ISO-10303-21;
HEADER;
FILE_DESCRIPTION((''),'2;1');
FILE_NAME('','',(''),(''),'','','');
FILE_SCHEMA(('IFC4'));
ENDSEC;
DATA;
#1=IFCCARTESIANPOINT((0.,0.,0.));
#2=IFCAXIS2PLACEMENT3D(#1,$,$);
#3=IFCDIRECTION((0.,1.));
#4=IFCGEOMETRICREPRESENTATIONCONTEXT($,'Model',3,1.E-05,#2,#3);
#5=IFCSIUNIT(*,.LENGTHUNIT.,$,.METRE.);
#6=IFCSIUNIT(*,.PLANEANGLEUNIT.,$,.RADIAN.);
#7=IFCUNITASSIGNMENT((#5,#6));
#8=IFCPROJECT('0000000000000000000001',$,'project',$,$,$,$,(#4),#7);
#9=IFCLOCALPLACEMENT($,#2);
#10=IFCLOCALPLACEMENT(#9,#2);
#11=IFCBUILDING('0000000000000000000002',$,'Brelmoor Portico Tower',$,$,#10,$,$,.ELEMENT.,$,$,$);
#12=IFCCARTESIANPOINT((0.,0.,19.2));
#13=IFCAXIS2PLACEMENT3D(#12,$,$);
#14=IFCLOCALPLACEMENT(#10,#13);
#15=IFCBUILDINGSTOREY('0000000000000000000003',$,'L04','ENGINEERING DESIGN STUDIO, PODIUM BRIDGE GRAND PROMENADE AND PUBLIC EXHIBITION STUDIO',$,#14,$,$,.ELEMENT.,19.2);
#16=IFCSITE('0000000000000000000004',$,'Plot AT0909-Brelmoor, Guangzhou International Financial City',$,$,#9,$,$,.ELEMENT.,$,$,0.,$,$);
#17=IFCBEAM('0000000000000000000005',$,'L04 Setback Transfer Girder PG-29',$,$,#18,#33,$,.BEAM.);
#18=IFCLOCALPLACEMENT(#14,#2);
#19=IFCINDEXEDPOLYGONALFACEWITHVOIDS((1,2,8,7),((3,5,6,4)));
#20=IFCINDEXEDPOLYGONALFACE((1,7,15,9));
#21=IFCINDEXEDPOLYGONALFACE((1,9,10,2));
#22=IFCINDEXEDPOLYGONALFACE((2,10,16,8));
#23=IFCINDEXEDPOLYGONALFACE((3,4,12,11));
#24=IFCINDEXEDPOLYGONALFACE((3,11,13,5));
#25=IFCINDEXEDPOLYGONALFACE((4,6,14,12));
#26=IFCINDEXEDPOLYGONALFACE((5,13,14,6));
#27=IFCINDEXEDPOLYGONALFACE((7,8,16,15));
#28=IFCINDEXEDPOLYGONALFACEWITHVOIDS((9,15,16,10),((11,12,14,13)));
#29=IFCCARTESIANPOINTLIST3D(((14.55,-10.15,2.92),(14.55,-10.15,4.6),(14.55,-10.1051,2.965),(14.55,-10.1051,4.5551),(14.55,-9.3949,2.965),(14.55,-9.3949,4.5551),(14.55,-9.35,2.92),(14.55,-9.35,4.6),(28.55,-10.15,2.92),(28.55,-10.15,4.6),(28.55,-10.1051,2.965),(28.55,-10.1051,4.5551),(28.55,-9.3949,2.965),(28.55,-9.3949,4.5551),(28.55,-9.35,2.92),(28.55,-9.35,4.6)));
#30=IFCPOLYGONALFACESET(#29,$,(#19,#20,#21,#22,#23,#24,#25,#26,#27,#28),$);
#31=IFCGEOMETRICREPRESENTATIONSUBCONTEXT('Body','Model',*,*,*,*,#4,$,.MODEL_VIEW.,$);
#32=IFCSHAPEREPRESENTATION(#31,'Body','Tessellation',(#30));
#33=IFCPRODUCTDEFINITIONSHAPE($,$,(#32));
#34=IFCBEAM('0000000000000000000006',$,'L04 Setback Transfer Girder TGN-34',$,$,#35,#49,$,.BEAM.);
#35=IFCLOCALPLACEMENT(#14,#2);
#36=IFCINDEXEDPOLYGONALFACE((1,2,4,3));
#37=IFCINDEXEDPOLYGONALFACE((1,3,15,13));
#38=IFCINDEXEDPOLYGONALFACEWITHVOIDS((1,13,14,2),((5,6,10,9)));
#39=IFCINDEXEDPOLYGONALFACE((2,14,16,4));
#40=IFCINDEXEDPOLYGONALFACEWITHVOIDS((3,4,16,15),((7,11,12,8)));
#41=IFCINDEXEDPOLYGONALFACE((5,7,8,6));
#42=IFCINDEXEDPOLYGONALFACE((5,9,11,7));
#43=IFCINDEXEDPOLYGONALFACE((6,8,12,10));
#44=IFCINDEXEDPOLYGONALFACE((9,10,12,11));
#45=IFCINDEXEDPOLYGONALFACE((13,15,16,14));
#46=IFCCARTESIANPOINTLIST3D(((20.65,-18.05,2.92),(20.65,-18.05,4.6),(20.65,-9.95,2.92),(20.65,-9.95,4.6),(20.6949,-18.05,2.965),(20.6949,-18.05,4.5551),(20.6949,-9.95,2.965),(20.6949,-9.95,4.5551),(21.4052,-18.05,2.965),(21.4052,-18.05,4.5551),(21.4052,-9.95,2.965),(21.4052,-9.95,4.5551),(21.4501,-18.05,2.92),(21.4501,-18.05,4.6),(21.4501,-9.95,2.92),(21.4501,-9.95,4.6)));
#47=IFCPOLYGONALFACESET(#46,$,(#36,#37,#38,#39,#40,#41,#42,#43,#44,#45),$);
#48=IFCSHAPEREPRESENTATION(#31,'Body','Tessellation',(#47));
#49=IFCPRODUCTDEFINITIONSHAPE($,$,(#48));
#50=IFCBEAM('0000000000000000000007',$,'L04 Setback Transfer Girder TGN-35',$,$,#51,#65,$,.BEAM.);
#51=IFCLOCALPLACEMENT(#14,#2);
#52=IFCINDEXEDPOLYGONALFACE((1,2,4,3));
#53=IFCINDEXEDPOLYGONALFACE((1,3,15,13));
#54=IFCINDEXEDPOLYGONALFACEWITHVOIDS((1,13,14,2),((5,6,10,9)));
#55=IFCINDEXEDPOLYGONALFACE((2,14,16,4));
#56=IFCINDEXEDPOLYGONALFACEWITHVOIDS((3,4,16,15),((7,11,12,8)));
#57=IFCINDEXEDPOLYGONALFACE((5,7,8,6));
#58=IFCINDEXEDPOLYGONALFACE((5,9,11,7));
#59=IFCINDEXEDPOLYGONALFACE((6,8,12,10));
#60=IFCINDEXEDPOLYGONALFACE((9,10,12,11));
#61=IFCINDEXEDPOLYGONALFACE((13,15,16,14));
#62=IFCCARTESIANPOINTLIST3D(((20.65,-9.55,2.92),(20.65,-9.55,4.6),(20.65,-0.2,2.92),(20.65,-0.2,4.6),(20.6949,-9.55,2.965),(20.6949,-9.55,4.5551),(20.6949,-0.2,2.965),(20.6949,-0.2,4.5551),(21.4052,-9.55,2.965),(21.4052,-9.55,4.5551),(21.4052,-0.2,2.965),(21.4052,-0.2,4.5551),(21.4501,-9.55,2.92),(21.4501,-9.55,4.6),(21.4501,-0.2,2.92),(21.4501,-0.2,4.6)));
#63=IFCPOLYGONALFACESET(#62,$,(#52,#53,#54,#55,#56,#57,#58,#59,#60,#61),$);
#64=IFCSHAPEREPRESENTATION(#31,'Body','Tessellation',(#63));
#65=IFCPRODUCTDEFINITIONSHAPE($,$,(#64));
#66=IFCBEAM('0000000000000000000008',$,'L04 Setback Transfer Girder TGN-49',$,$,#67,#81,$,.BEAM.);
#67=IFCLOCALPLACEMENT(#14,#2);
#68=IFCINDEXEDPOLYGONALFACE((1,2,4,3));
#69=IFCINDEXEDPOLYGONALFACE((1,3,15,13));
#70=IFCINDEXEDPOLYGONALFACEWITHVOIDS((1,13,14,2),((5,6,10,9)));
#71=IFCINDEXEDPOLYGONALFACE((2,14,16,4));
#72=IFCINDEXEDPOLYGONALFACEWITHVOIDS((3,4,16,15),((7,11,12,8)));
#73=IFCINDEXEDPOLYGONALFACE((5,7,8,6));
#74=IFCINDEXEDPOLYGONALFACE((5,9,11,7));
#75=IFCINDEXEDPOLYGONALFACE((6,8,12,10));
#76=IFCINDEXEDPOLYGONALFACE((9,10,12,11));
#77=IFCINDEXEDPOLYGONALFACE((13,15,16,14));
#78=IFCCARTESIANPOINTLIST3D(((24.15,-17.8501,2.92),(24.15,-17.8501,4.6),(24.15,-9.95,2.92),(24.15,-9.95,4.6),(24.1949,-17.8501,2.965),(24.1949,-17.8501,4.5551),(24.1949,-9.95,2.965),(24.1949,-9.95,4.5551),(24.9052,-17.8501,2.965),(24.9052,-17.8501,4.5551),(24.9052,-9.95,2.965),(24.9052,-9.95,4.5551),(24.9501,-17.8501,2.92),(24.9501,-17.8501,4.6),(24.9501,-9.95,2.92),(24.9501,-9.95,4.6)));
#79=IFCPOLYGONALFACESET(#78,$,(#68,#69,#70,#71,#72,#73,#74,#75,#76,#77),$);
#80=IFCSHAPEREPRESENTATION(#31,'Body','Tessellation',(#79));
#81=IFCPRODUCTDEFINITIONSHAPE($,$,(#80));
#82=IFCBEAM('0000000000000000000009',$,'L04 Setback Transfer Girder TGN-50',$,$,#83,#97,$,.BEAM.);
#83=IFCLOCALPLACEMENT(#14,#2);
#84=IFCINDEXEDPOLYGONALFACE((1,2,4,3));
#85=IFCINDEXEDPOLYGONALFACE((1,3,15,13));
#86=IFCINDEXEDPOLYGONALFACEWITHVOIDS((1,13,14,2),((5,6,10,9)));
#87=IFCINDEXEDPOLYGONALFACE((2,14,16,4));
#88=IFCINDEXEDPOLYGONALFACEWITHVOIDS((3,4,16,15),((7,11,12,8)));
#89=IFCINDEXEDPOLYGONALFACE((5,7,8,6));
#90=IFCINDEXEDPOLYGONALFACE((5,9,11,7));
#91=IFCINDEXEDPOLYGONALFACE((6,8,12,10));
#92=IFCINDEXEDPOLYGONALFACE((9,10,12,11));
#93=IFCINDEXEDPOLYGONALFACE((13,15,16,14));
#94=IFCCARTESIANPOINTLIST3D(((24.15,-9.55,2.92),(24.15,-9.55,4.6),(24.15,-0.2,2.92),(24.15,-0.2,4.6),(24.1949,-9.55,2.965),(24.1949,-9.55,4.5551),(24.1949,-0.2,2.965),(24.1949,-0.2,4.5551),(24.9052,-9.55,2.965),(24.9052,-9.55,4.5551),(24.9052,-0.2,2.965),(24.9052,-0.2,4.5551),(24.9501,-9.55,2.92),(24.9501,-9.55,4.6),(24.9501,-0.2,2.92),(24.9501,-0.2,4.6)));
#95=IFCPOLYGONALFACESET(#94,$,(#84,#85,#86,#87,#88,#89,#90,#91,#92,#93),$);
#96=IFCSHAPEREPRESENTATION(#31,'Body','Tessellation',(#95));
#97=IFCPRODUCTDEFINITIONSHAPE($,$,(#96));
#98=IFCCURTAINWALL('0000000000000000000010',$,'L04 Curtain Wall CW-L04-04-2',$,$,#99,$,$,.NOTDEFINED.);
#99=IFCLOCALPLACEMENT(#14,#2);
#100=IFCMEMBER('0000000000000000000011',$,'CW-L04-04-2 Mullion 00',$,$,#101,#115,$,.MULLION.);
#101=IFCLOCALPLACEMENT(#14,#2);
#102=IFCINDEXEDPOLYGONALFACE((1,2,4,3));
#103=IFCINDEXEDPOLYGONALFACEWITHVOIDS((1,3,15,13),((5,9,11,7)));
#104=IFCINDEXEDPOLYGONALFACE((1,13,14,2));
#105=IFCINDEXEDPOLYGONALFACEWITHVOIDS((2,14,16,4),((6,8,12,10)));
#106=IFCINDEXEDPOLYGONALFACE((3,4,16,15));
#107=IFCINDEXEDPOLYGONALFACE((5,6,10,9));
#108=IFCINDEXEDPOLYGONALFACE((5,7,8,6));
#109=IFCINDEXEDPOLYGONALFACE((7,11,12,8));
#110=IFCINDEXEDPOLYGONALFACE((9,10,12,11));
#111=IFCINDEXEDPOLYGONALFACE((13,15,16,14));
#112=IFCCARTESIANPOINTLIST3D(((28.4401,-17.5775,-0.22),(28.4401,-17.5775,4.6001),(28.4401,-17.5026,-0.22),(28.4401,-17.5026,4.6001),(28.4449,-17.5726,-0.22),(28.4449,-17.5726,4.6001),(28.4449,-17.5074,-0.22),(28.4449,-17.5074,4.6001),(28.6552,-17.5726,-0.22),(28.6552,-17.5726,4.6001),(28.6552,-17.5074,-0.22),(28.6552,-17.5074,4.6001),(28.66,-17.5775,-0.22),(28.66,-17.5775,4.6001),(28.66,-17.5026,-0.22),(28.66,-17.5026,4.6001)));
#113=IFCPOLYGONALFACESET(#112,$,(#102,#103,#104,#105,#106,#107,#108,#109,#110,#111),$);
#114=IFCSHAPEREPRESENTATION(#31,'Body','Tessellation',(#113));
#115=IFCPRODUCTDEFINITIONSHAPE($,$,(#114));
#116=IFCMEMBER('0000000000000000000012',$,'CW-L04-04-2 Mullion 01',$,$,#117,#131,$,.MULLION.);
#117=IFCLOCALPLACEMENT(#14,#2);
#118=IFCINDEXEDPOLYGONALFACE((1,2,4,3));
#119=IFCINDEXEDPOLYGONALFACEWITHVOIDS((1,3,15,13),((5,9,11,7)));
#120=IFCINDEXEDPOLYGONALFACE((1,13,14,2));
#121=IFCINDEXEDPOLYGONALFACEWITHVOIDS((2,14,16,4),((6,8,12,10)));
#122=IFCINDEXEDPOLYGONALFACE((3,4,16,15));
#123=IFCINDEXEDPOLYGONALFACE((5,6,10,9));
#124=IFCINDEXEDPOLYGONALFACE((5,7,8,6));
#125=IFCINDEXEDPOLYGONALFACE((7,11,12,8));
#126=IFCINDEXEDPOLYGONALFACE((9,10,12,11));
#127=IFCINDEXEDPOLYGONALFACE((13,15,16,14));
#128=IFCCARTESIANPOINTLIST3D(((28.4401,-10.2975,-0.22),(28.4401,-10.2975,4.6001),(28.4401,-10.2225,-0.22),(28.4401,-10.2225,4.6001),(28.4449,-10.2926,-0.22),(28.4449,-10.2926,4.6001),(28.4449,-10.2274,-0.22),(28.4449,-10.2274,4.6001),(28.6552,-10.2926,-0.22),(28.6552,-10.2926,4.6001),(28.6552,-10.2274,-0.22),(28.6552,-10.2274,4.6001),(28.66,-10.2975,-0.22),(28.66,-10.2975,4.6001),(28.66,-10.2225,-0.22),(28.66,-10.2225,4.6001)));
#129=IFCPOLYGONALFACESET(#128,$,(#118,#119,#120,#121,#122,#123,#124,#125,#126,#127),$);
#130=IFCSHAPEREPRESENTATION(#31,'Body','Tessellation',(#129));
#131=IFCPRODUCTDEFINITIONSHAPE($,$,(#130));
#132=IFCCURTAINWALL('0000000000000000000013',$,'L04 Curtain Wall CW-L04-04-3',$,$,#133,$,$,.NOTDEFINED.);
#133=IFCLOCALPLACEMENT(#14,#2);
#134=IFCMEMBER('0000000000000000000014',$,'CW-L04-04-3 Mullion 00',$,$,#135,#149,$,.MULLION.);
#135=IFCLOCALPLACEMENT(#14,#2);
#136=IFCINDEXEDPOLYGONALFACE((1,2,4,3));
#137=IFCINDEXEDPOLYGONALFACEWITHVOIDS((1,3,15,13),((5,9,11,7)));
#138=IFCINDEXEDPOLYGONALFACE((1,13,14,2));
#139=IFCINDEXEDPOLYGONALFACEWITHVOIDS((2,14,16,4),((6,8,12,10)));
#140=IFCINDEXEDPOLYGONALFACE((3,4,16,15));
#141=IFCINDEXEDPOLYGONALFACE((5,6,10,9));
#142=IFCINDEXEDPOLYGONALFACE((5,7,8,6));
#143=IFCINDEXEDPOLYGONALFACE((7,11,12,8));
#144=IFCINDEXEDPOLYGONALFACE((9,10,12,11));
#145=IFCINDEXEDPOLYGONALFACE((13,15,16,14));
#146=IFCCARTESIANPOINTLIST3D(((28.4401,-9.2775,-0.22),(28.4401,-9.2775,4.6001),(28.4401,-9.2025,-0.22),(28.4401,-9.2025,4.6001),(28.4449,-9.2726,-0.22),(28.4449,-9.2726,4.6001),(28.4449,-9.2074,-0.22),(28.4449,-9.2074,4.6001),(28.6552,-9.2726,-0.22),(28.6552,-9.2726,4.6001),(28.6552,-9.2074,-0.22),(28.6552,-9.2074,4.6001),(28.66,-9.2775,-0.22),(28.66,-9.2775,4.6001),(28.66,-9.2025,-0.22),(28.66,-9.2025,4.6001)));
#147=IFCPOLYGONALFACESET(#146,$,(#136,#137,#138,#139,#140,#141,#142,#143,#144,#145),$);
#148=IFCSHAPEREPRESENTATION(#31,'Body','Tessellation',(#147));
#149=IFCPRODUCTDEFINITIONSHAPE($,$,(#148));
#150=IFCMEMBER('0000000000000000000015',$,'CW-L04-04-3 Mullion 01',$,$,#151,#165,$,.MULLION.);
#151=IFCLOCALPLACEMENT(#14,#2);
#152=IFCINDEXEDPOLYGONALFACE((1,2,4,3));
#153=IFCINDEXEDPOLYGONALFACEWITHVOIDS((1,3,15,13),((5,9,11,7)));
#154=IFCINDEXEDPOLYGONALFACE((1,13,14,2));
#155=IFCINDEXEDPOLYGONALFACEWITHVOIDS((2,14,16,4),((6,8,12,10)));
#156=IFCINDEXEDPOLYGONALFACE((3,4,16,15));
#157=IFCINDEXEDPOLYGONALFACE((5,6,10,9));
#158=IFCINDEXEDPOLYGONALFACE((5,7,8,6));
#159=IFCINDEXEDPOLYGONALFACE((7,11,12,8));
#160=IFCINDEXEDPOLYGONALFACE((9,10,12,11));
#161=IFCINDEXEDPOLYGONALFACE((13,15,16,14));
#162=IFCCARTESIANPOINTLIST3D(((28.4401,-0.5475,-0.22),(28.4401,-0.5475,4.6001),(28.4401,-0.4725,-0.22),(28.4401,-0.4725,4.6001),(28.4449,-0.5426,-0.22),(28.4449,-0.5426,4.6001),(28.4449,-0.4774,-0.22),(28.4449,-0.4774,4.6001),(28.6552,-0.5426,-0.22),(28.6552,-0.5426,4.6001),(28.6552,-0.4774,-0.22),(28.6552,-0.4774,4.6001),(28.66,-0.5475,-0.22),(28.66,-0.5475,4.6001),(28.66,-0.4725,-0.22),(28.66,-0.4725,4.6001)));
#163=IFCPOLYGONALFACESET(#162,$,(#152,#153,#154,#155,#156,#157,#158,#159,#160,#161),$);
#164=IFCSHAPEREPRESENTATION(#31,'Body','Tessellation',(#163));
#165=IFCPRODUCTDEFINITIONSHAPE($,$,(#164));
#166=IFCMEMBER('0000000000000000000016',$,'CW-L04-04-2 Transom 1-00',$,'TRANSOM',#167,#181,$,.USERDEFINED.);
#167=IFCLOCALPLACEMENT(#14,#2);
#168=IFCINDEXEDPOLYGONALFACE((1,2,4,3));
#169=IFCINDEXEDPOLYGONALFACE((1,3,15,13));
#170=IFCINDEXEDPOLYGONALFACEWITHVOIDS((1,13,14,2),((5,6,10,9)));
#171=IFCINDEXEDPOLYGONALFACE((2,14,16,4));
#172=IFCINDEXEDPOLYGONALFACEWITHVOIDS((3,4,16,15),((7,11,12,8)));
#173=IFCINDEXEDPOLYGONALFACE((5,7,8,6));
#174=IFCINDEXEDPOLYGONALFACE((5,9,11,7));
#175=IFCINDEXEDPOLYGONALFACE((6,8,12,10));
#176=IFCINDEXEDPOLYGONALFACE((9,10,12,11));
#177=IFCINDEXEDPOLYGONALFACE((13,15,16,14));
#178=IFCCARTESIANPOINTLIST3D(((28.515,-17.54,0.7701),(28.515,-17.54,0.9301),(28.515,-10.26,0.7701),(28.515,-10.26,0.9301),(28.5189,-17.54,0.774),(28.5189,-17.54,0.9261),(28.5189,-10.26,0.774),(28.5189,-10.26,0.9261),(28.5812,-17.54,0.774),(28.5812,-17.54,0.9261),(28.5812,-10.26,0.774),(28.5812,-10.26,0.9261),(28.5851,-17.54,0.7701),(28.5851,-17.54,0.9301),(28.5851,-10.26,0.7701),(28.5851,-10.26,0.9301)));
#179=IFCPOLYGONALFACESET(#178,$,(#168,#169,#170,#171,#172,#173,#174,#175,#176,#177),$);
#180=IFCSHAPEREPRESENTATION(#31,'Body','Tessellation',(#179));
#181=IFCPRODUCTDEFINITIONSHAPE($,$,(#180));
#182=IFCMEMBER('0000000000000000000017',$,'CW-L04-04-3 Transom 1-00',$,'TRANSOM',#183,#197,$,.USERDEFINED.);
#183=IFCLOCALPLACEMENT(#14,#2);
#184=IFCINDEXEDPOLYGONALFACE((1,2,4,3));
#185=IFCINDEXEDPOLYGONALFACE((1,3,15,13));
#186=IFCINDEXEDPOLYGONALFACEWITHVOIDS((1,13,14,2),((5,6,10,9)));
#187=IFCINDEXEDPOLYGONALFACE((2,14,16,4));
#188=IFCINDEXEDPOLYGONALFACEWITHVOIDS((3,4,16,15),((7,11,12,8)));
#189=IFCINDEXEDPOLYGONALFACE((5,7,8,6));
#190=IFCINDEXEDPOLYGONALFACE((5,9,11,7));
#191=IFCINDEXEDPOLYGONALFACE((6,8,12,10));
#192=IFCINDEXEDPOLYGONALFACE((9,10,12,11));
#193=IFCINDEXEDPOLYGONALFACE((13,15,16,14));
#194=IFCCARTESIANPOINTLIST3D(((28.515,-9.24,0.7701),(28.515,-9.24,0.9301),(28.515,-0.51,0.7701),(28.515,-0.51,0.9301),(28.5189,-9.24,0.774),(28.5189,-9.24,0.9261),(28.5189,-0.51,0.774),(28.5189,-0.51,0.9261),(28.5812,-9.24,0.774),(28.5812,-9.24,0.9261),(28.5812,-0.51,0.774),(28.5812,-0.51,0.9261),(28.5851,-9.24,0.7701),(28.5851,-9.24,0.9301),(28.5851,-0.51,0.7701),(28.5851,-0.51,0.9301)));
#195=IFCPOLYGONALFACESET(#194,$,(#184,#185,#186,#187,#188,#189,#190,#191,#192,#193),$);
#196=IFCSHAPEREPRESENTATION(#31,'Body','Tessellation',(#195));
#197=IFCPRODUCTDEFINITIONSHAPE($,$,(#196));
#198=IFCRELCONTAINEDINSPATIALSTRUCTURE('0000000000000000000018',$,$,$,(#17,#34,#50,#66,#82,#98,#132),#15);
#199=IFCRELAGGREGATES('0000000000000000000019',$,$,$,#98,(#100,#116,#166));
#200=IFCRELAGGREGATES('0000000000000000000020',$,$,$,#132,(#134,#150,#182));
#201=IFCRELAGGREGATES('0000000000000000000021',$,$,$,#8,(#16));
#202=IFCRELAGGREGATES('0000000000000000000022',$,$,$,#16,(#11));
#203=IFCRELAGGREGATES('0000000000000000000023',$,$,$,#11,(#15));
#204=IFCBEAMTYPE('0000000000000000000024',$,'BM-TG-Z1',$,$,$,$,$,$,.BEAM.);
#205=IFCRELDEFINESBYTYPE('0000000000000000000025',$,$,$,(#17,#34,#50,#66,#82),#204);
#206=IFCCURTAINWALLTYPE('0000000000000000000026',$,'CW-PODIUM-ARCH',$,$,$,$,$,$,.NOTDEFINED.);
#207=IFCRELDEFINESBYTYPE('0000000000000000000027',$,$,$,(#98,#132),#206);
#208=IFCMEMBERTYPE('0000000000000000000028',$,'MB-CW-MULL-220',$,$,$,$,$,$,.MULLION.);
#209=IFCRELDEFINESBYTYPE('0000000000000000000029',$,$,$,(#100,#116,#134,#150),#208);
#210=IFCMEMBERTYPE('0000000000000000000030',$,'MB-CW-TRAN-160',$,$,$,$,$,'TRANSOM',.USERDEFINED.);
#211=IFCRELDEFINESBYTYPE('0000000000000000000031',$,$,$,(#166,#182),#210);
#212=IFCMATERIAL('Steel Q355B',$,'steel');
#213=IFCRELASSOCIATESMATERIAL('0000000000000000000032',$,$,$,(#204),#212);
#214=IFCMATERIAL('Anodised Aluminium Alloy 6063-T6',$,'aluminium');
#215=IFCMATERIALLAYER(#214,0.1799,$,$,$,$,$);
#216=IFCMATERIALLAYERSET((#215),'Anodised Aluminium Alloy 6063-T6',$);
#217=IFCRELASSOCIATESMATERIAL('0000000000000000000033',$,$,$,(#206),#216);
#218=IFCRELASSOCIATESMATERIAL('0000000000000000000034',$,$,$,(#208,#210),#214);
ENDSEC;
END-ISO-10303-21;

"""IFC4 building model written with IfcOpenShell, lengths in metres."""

from ifc_helpers import new_model, si_unit, direction, frame, origin, origin_2d, place, context, subcontext, project, spatial, hollow_rectangle, extrude, material, layer, layer_set, material_profile, profile_set, type_object, element, aggregate, save


model = new_model("IFC4")

# Units and contexts
model_context = context("Model", 3, precision=1e-05, world=origin(), true_north=direction((0.0, 1.0)))
body_context = subcontext(model_context, "Body", "Model", "MODEL_VIEW")
ifc_project = project(units=[si_unit("LENGTHUNIT", "METRE"), si_unit("PLANEANGLEUNIT", "RADIAN")], contexts=[model_context])

# Site, building, storey
site_placement = place(None, origin())
site = spatial("IfcSite", under=ifc_project, at=site_placement, Name="Plot AT0909-Brelmoor, Guangzhou International Financial City", CompositionType="ELEMENT", RefElevation=0.0)
building_placement = place(site_placement, origin())
building = spatial("IfcBuilding", under=site, at=building_placement, Name="Brelmoor Portico Tower", CompositionType="ELEMENT")
storey_placement = place(building_placement, frame((0.0, 0.0, 19.2)))
storey = spatial("IfcBuildingStorey", under=building, at=storey_placement, Name="L04", Description="ENGINEERING DESIGN STUDIO, PODIUM BRIDGE GRAND PROMENADE AND PUBLIC EXHIBITION STUDIO", CompositionType="ELEMENT", Elevation=19.2)

# Shared definitions
ifc_material_1 = material(Name="Steel Q355B", Category="steel")

# Beams
ifc_material_profile_1 = material_profile(ifc_material_1, hollow_rectangle(XDim=0.8, YDim=1.6799, WallThickness=0.0449, at=origin_2d()), Name="BOX 800x1680x45")
ifc_profile_set_1 = profile_set([ifc_material_profile_1], Name="Steel Q355B")
beam_type = type_object("IfcBeamType", Name="BM-TG-Z1", PredefinedType="BEAM", material=ifc_profile_set_1)
beam_1_placement = place(storey_placement, frame((14.55, -9.75, 3.76), z_axis=(1.0, 0.0, 0.0), x_axis=(0.0, 1.0, 0.0)))
element("IfcBeam", 1, at=beam_1_placement, inside=storey, type_object=beam_type, Name="L04 Setback Transfer Girder PG-29", PredefinedType="BEAM", context=body_context, shape_type="SweptSolid", body=[
    extrude(hollow_rectangle(XDim=0.8, YDim=1.6799, WallThickness=0.0449, at=origin_2d()), origin(), (0.0, 0.0, 1.0), 14.0),
])
beam_2_placement = place(storey_placement, frame((21.05, -18.05, 3.76), z_axis=(0.0, 1.0, 0.0), x_axis=(-1.0, 0.0, 0.0)))
element("IfcBeam", 2, at=beam_2_placement, inside=storey, type_object=beam_type, Name="L04 Setback Transfer Girder TGN-34", PredefinedType="BEAM", context=body_context, shape_type="SweptSolid", body=[
    extrude(hollow_rectangle(XDim=0.8, YDim=1.6799, WallThickness=0.0449, at=origin_2d()), origin(), (0.0, 0.0, 1.0), 8.1001),
])
beam_3_placement = place(storey_placement, frame((21.05, -9.55, 3.76), z_axis=(0.0, 1.0, 0.0), x_axis=(-1.0, 0.0, 0.0)))
element("IfcBeam", 3, at=beam_3_placement, inside=storey, type_object=beam_type, Name="L04 Setback Transfer Girder TGN-35", PredefinedType="BEAM", context=body_context, shape_type="SweptSolid", body=[
    extrude(hollow_rectangle(XDim=0.8, YDim=1.6799, WallThickness=0.0449, at=origin_2d()), origin(), (0.0, 0.0, 1.0), 9.3501),
])
beam_4_placement = place(storey_placement, frame((24.55, -17.8501, 3.76), z_axis=(0.0, 1.0, 0.0), x_axis=(-1.0, 0.0, 0.0)))
element("IfcBeam", 4, at=beam_4_placement, inside=storey, type_object=beam_type, Name="L04 Setback Transfer Girder TGN-49", PredefinedType="BEAM", context=body_context, shape_type="SweptSolid", body=[
    extrude(hollow_rectangle(XDim=0.8, YDim=1.6799, WallThickness=0.0449, at=origin_2d()), origin(), (0.0, 0.0, 1.0), 7.9001),
])
beam_5_placement = place(storey_placement, frame((24.55, -9.55, 3.76), z_axis=(0.0, 1.0, 0.0), x_axis=(-1.0, 0.0, 0.0)))
element("IfcBeam", 5, at=beam_5_placement, inside=storey, type_object=beam_type, Name="L04 Setback Transfer Girder TGN-50", PredefinedType="BEAM", context=body_context, shape_type="SweptSolid", body=[
    extrude(hollow_rectangle(XDim=0.8, YDim=1.6799, WallThickness=0.0449, at=origin_2d()), origin(), (0.0, 0.0, 1.0), 9.3501),
])

# Curtain walls, members
ifc_material_2 = material(Name="Anodised Aluminium Alloy 6063-T6", Category="aluminium")
ifc_layer_1 = layer(ifc_material_2, 0.1799)
ifc_layer_set_1 = layer_set([ifc_layer_1], Name="Anodised Aluminium Alloy 6063-T6")
curtain_wall_type = type_object("IfcCurtainWallType", Name="CW-PODIUM-ARCH", PredefinedType="NOTDEFINED", material=ifc_layer_set_1)
curtain_wall_1_placement = place(storey_placement, origin())
curtain_wall_1 = element("IfcCurtainWall", 6, at=curtain_wall_1_placement, inside=storey, type_object=curtain_wall_type, Name="L04 Curtain Wall CW-L04-04-2", PredefinedType="NOTDEFINED")
ifc_material_profile_2 = material_profile(ifc_material_2, hollow_rectangle(XDim=0.075, YDim=0.22, WallThickness=0.0049, at=origin_2d()), Name="ALU MULLION 75x220")
ifc_profile_set_2 = profile_set([ifc_material_profile_2], Name="Anodised Aluminium Alloy 6063-T6")
member_type_1 = type_object("IfcMemberType", Name="MB-CW-MULL-220", PredefinedType="MULLION", material=ifc_profile_set_2)
member_1_placement = place(storey_placement, frame((28.55, -17.54, -0.22), z_axis=(0.0, 0.0, 1.0), x_axis=(0.0, 1.0, 0.0)))
member_1 = element("IfcMember", 7, at=member_1_placement, type_object=member_type_1, Name="CW-L04-04-2 Mullion 00", PredefinedType="MULLION", context=body_context, shape_type="SweptSolid", body=[
    extrude(hollow_rectangle(XDim=0.075, YDim=0.22, WallThickness=0.0049, at=origin_2d()), origin(), (0.0, 0.0, 1.0), 4.8201),
])
member_2_placement = place(storey_placement, frame((28.55, -10.26, -0.22), z_axis=(0.0, 0.0, 1.0), x_axis=(0.0, 1.0, 0.0)))
member_2 = element("IfcMember", 8, at=member_2_placement, type_object=member_type_1, Name="CW-L04-04-2 Mullion 01", PredefinedType="MULLION", context=body_context, shape_type="SweptSolid", body=[
    extrude(hollow_rectangle(XDim=0.075, YDim=0.22, WallThickness=0.0049, at=origin_2d()), origin(), (0.0, 0.0, 1.0), 4.8201),
])
curtain_wall_2_placement = place(storey_placement, origin())
curtain_wall_2 = element("IfcCurtainWall", 9, at=curtain_wall_2_placement, inside=storey, type_object=curtain_wall_type, Name="L04 Curtain Wall CW-L04-04-3", PredefinedType="NOTDEFINED")
member_3_placement = place(storey_placement, frame((28.55, -9.24, -0.22), z_axis=(0.0, 0.0, 1.0), x_axis=(0.0, 1.0, 0.0)))
member_3 = element("IfcMember", 10, at=member_3_placement, type_object=member_type_1, Name="CW-L04-04-3 Mullion 00", PredefinedType="MULLION", context=body_context, shape_type="SweptSolid", body=[
    extrude(hollow_rectangle(XDim=0.075, YDim=0.22, WallThickness=0.0049, at=origin_2d()), origin(), (0.0, 0.0, 1.0), 4.8201),
])
member_4_placement = place(storey_placement, frame((28.55, -0.51, -0.22), z_axis=(0.0, 0.0, 1.0), x_axis=(0.0, 1.0, 0.0)))
member_4 = element("IfcMember", 11, at=member_4_placement, type_object=member_type_1, Name="CW-L04-04-3 Mullion 01", PredefinedType="MULLION", context=body_context, shape_type="SweptSolid", body=[
    extrude(hollow_rectangle(XDim=0.075, YDim=0.22, WallThickness=0.0049, at=origin_2d()), origin(), (0.0, 0.0, 1.0), 4.8201),
])

# Members
ifc_material_profile_3 = material_profile(ifc_material_2, hollow_rectangle(XDim=0.0701, YDim=0.1599, WallThickness=0.0039, at=origin_2d()), Name="ALU TRANSOM 70x160")
ifc_profile_set_3 = profile_set([ifc_material_profile_3], Name="Anodised Aluminium Alloy 6063-T6")
member_type_2 = type_object("IfcMemberType", Name="MB-CW-TRAN-160", ElementType="TRANSOM", PredefinedType="USERDEFINED", material=ifc_profile_set_3)
member_5_placement = place(storey_placement, frame((28.55, -17.54, 0.8501), z_axis=(0.0, 1.0, 0.0), x_axis=(-1.0, 0.0, 0.0)))
member_5 = element("IfcMember", 12, at=member_5_placement, type_object=member_type_2, Name="CW-L04-04-2 Transom 1-00", ObjectType="TRANSOM", PredefinedType="USERDEFINED", context=body_context, shape_type="SweptSolid", body=[
    extrude(hollow_rectangle(XDim=0.0701, YDim=0.1599, WallThickness=0.0039, at=origin_2d()), origin(), (0.0, 0.0, 1.0), 7.28),
])
member_6_placement = place(storey_placement, frame((28.55, -9.24, 0.8501), z_axis=(0.0, 1.0, 0.0), x_axis=(-1.0, 0.0, 0.0)))
member_6 = element("IfcMember", 13, at=member_6_placement, type_object=member_type_2, Name="CW-L04-04-3 Transom 1-00", ObjectType="TRANSOM", PredefinedType="USERDEFINED", context=body_context, shape_type="SweptSolid", body=[
    extrude(hollow_rectangle(XDim=0.0701, YDim=0.1599, WallThickness=0.0039, at=origin_2d()), origin(), (0.0, 0.0, 1.0), 8.73),
])

aggregate(curtain_wall_1, [member_1, member_2, member_5])
aggregate(curtain_wall_2, [member_3, member_4, member_6])

save(model, "model.ifc")
